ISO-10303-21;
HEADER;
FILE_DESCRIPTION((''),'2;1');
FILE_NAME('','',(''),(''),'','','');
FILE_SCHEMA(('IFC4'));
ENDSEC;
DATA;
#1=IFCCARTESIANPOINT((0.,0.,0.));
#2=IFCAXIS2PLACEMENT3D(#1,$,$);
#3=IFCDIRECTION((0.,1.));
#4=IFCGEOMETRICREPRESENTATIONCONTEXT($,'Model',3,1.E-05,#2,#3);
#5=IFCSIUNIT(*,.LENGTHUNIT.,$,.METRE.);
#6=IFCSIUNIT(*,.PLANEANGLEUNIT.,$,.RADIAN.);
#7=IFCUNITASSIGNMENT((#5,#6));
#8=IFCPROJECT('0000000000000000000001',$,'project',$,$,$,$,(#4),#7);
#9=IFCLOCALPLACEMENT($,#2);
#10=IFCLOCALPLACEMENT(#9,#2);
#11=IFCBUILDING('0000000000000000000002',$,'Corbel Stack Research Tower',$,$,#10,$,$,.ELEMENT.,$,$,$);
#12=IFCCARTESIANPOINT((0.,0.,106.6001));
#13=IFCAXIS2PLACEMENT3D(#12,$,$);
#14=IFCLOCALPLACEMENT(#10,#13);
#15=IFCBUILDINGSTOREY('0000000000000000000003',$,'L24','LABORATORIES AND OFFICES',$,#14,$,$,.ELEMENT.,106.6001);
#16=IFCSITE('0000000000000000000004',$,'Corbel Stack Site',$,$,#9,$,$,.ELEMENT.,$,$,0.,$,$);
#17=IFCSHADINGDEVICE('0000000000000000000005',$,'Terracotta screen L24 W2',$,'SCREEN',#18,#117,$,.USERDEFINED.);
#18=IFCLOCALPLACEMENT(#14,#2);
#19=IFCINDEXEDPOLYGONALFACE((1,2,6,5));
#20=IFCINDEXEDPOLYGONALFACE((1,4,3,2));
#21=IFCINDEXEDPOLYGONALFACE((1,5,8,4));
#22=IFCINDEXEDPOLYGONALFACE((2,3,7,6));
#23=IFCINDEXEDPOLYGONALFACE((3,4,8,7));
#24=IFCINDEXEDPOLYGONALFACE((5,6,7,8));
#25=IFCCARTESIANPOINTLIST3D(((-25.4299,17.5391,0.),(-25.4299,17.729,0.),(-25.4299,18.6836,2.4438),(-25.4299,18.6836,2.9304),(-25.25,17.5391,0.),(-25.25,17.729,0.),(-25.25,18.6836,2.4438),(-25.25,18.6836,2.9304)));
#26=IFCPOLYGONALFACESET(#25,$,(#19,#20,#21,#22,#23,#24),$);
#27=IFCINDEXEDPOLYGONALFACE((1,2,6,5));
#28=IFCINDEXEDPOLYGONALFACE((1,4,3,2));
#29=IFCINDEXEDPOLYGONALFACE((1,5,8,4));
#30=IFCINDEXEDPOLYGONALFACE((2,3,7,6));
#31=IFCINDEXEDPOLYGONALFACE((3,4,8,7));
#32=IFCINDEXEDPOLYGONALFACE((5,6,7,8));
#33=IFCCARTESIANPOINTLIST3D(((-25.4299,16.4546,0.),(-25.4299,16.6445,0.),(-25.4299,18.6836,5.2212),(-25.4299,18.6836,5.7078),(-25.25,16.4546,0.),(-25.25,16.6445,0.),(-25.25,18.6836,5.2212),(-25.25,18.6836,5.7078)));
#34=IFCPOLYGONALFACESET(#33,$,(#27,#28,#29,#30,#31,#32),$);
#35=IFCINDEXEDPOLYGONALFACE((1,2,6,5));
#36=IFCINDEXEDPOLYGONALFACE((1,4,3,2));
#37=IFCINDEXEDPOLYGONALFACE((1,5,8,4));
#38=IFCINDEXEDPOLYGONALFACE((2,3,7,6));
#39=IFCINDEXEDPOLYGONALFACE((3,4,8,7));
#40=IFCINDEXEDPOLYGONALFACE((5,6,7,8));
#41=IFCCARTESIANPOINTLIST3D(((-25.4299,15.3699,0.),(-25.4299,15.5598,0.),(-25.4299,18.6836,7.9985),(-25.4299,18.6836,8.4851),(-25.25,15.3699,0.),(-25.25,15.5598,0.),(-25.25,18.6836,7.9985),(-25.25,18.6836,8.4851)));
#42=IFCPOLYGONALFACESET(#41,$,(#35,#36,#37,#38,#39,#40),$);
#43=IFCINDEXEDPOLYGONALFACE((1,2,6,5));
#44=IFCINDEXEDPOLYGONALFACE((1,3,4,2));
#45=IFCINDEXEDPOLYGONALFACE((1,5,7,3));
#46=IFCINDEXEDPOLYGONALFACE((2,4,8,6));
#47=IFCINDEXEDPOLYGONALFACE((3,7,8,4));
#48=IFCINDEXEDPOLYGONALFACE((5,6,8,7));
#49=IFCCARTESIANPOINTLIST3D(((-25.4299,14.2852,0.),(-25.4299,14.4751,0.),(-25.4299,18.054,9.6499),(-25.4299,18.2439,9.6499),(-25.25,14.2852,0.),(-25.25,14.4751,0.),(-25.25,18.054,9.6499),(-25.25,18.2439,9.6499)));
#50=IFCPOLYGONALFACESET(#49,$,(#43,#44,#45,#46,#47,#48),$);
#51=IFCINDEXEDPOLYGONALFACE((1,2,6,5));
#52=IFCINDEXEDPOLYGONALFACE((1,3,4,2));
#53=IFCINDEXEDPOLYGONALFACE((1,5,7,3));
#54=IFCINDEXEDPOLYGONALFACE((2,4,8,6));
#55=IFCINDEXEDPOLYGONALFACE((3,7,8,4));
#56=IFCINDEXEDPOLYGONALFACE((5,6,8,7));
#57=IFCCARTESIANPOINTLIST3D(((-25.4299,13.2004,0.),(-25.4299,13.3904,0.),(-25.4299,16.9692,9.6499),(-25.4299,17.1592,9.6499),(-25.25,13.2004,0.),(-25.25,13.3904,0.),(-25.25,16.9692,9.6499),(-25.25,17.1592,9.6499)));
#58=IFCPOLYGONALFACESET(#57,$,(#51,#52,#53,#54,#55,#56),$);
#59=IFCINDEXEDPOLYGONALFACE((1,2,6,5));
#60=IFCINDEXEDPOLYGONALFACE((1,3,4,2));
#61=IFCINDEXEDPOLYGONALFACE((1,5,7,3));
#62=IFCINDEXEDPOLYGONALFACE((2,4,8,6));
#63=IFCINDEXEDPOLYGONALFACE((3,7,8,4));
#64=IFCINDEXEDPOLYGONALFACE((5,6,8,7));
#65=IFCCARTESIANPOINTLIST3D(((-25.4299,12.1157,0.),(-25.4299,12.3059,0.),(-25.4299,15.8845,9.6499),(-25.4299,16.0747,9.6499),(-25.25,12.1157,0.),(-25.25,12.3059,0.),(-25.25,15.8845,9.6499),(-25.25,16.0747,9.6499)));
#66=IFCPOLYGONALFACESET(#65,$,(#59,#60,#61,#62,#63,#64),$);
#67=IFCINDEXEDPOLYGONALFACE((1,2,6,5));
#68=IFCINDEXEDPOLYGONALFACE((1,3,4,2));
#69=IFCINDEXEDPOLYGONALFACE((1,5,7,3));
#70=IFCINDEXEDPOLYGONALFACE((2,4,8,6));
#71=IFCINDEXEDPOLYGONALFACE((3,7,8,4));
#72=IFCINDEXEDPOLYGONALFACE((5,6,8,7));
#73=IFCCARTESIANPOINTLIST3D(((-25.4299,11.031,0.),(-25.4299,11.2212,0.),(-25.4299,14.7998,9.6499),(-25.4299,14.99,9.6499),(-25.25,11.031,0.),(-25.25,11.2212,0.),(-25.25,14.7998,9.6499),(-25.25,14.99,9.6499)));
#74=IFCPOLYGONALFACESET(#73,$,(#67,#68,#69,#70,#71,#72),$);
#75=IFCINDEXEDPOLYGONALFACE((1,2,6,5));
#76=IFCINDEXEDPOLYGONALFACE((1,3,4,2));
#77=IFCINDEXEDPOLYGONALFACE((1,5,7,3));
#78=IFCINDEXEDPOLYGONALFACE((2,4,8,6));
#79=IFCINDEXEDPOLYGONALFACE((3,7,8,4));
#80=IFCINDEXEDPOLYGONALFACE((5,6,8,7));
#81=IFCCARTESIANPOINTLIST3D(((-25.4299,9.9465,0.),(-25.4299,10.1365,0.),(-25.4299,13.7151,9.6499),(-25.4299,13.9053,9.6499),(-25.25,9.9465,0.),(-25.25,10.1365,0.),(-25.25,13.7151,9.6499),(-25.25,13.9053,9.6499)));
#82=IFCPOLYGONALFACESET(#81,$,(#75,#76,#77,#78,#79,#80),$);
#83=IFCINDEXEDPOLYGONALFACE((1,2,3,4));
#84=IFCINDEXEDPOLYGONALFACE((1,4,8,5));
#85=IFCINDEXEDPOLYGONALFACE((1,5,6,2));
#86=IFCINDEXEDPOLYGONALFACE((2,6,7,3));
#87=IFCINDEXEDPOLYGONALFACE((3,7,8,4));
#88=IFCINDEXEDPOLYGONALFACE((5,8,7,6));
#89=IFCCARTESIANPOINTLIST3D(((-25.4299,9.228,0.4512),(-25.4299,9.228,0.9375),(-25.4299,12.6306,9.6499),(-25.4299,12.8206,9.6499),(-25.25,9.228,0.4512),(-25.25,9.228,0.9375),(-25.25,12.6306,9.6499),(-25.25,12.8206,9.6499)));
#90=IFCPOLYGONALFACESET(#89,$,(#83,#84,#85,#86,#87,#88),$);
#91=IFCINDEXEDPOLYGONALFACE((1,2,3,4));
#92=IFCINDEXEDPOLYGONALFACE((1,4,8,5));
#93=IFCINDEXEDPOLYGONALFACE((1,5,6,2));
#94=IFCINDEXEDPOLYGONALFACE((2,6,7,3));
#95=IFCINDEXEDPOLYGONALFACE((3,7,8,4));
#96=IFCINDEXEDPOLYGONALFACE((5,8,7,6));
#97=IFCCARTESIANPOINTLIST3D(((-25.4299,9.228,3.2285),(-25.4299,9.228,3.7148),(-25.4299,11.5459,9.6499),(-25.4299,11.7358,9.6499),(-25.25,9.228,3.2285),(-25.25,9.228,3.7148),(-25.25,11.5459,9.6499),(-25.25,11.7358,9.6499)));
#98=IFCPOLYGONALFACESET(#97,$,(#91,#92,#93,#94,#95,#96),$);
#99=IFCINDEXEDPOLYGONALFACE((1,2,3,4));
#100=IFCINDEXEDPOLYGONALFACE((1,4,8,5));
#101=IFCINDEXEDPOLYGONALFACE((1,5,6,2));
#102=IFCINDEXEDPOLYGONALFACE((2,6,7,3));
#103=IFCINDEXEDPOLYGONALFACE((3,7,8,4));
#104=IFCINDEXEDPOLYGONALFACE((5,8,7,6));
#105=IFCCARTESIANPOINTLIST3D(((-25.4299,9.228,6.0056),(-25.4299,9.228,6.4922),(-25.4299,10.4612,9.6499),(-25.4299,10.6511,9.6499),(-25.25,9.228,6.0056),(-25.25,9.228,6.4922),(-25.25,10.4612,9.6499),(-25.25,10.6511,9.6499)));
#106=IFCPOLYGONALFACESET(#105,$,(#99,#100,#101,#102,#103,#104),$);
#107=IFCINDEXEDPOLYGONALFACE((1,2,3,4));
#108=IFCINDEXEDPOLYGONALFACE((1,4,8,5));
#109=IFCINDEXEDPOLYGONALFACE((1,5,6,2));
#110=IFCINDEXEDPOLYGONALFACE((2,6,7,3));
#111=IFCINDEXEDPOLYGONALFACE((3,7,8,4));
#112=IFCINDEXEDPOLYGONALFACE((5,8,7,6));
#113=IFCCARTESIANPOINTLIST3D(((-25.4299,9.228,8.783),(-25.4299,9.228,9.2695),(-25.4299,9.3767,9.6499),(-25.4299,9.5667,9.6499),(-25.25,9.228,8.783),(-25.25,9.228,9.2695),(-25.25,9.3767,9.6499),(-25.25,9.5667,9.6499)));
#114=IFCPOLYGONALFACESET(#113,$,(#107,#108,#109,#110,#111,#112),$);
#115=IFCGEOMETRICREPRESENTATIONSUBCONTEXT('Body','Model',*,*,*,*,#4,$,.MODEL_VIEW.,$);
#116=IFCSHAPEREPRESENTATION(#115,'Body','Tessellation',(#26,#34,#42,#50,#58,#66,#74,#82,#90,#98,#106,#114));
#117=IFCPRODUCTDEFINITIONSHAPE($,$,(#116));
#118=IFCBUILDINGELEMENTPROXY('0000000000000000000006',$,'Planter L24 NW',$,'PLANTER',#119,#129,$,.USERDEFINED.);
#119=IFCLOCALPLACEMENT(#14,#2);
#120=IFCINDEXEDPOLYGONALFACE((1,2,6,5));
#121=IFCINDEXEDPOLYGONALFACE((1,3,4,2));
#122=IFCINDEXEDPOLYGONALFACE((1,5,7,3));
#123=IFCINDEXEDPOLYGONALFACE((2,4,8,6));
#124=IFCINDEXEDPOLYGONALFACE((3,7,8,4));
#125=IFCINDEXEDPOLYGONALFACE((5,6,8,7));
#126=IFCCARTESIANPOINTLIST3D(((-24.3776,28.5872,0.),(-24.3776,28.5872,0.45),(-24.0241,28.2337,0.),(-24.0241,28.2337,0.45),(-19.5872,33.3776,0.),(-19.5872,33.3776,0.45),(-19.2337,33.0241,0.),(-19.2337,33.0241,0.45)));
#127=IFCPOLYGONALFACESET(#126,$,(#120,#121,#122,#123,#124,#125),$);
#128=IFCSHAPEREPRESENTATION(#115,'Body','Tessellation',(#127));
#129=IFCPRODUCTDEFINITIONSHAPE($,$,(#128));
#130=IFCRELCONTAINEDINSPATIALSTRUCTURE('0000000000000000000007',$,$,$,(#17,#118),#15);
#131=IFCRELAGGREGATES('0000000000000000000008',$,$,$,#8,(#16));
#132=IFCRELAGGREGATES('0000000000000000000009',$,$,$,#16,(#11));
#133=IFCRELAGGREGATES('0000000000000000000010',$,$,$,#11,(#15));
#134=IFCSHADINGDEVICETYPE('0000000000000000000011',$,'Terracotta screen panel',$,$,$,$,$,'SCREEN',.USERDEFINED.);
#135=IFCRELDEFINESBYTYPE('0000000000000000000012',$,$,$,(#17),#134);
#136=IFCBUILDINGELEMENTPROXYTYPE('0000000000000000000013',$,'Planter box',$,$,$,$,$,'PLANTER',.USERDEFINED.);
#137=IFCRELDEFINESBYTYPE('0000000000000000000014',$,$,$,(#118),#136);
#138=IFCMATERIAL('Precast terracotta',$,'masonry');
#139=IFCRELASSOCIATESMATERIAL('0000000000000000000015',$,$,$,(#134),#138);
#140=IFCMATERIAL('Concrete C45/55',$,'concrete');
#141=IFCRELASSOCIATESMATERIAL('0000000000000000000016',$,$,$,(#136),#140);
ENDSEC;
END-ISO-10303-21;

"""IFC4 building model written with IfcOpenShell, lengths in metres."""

from ifc_helpers import new_model, si_unit, direction, frame, origin, origin_2d, place, context, subcontext, project, spatial, polyline, rectangle, outline, extrude, source, transform, mapped, material, type_object, element, save


model = new_model("IFC4")

# Units and contexts
model_context = context("Model", 3, precision=1e-05, world=origin(), true_north=direction((0.0, 1.0)))
body_context = subcontext(model_context, "Body", "Model", "MODEL_VIEW")
ifc_project = project(units=[si_unit("LENGTHUNIT", "METRE"), si_unit("PLANEANGLEUNIT", "RADIAN")], contexts=[model_context])

# Site, building, storey
site_placement = place(None, origin())
site = spatial("IfcSite", under=ifc_project, at=site_placement, Name="Corbel Stack Site", CompositionType="ELEMENT", RefElevation=0.0)
building_placement = place(site_placement, origin())
building = spatial("IfcBuilding", under=site, at=building_placement, Name="Corbel Stack Research Tower", CompositionType="ELEMENT")
storey_placement = place(building_placement, frame((0.0, 0.0, 106.6001)))
storey = spatial("IfcBuildingStorey", under=building, at=storey_placement, Name="L24", Description="LABORATORIES AND OFFICES", CompositionType="ELEMENT", Elevation=106.6001)

# Shading device
ifc_material_1 = material(Name="Precast terracotta", Category="masonry")
shading_device_type = type_object("IfcShadingDeviceType", Name="Terracotta screen panel", ElementType="SCREEN", PredefinedType="USERDEFINED", material=ifc_material_1)
shared_shape_1 = source(origin(), body_context, "Body", "SweptSolid", [
    extrude(outline(polyline([(1.1445, 0.0), (0.0, 2.9304), (0.0, 2.4438), (0.9546, 0.0), (1.1445, 0.0)])), frame((0.0, 0.0, 0.0), z_axis=(0.0, -1.0, 0.0), x_axis=(1.0, 0.0, 0.0)), (0.0, 0.0, 1.0), 0.1799),
    extrude(outline(polyline([(2.229, 0.0), (0.0, 5.7078), (0.0, 5.2212), (2.0391, 0.0), (2.229, 0.0)])), frame((0.0, 0.0, 0.0), z_axis=(0.0, -1.0, 0.0), x_axis=(1.0, 0.0, 0.0)), (0.0, 0.0, 1.0), 0.1799),
    extrude(outline(polyline([(3.3137, 0.0), (0.0, 8.4851), (0.0, 7.9985), (3.1238, 0.0), (3.3137, 0.0)])), frame((0.0, 0.0, 0.0), z_axis=(0.0, -1.0, 0.0), x_axis=(1.0, 0.0, 0.0)), (0.0, 0.0, 1.0), 0.1799),
    extrude(outline(polyline([(4.3984, 0.0), (0.6296, 9.6499), (0.4397, 9.6499), (4.2085, 0.0), (4.3984, 0.0)])), frame((0.0, 0.0, 0.0), z_axis=(0.0, -1.0, 0.0), x_axis=(1.0, 0.0, 0.0)), (0.0, 0.0, 1.0), 0.1799),
    extrude(outline(polyline([(5.4832, 0.0), (1.7144, 9.6499), (1.5244, 9.6499), (5.2932, 0.0), (5.4832, 0.0)])), frame((0.0, 0.0, 0.0), z_axis=(0.0, -1.0, 0.0), x_axis=(1.0, 0.0, 0.0)), (0.0, 0.0, 1.0), 0.1799),
    extrude(outline(polyline([(6.5679, 0.0), (2.7991, 9.6499), (2.6089, 9.6499), (6.3777, 0.0), (6.5679, 0.0)])), frame((0.0, 0.0, 0.0), z_axis=(0.0, -1.0, 0.0), x_axis=(1.0, 0.0, 0.0)), (0.0, 0.0, 1.0), 0.1799),
    extrude(outline(polyline([(7.6526, 0.0), (3.8838, 9.6499), (3.6936, 9.6499), (7.4624, 0.0), (7.6526, 0.0)])), frame((0.0, 0.0, 0.0), z_axis=(0.0, -1.0, 0.0), x_axis=(1.0, 0.0, 0.0)), (0.0, 0.0, 1.0), 0.1799),
    extrude(outline(polyline([(8.7371, 0.0), (4.9685, 9.6499), (4.7783, 9.6499), (8.5471, 0.0), (8.7371, 0.0)])), frame((0.0, 0.0, 0.0), z_axis=(0.0, -1.0, 0.0), x_axis=(1.0, 0.0, 0.0)), (0.0, 0.0, 1.0), 0.1799),
    extrude(outline(polyline([(6.053, 9.6499), (5.863, 9.6499), (9.4556, 0.4512), (9.4556, 0.9375), (6.053, 9.6499)])), frame((0.0, 0.0, 0.0), z_axis=(0.0, -1.0, 0.0), x_axis=(1.0, 0.0, 0.0)), (0.0, 0.0, 1.0), 0.1799),
    extrude(outline(polyline([(7.1377, 9.6499), (6.9478, 9.6499), (9.4556, 3.2285), (9.4556, 3.7148), (7.1377, 9.6499)])), frame((0.0, 0.0, 0.0), z_axis=(0.0, -1.0, 0.0), x_axis=(1.0, 0.0, 0.0)), (0.0, 0.0, 1.0), 0.1799),
    extrude(outline(polyline([(8.2224, 9.6499), (8.0325, 9.6499), (9.4556, 6.0056), (9.4556, 6.4922), (8.2224, 9.6499)])), frame((0.0, 0.0, 0.0), z_axis=(0.0, -1.0, 0.0), x_axis=(1.0, 0.0, 0.0)), (0.0, 0.0, 1.0), 0.1799),
    extrude(outline(polyline([(9.3069, 9.6499), (9.1169, 9.6499), (9.4556, 8.783), (9.4556, 9.2695), (9.3069, 9.6499)])), frame((0.0, 0.0, 0.0), z_axis=(0.0, -1.0, 0.0), x_axis=(1.0, 0.0, 0.0)), (0.0, 0.0, 1.0), 0.1799),
])
shading_device_1_placement = place(storey_placement, frame((-25.25, 18.6836, 0.0), z_axis=(0.0, 0.0, 1.0), x_axis=(0.0, -1.0, 0.0)))
element("IfcShadingDevice", 1, at=shading_device_1_placement, inside=storey, type_object=shading_device_type, Name="Terracotta screen L24 W2", ObjectType="SCREEN", PredefinedType="USERDEFINED", context=body_context, shape_type="MappedRepresentation", body=[
    mapped(shared_shape_1, transform((0.0, 0.0, 0.0))),
])

# Building element proxy
ifc_material_2 = material(Name="Concrete C45/55", Category="concrete")
building_element_proxy_type = type_object("IfcBuildingElementProxyType", Name="Planter box", ElementType="PLANTER", PredefinedType="USERDEFINED", material=ifc_material_2)
proxy_placement = place(storey_placement, frame((-21.8057, 30.8057, 0.0), z_axis=(0.0, 0.0, 1.0), x_axis=(-0.707107, -0.707107, 0.0)))
element("IfcBuildingElementProxy", 2, at=proxy_placement, inside=storey, type_object=building_element_proxy_type, Name="Planter L24 NW", ObjectType="PLANTER", PredefinedType="USERDEFINED", context=body_context, shape_type="SweptSolid", body=[
    extrude(rectangle(XDim=6.7747, YDim=0.5, at=origin_2d()), origin(), (0.0, 0.0, 1.0), 0.45),
])

save(model, "model.ifc")
